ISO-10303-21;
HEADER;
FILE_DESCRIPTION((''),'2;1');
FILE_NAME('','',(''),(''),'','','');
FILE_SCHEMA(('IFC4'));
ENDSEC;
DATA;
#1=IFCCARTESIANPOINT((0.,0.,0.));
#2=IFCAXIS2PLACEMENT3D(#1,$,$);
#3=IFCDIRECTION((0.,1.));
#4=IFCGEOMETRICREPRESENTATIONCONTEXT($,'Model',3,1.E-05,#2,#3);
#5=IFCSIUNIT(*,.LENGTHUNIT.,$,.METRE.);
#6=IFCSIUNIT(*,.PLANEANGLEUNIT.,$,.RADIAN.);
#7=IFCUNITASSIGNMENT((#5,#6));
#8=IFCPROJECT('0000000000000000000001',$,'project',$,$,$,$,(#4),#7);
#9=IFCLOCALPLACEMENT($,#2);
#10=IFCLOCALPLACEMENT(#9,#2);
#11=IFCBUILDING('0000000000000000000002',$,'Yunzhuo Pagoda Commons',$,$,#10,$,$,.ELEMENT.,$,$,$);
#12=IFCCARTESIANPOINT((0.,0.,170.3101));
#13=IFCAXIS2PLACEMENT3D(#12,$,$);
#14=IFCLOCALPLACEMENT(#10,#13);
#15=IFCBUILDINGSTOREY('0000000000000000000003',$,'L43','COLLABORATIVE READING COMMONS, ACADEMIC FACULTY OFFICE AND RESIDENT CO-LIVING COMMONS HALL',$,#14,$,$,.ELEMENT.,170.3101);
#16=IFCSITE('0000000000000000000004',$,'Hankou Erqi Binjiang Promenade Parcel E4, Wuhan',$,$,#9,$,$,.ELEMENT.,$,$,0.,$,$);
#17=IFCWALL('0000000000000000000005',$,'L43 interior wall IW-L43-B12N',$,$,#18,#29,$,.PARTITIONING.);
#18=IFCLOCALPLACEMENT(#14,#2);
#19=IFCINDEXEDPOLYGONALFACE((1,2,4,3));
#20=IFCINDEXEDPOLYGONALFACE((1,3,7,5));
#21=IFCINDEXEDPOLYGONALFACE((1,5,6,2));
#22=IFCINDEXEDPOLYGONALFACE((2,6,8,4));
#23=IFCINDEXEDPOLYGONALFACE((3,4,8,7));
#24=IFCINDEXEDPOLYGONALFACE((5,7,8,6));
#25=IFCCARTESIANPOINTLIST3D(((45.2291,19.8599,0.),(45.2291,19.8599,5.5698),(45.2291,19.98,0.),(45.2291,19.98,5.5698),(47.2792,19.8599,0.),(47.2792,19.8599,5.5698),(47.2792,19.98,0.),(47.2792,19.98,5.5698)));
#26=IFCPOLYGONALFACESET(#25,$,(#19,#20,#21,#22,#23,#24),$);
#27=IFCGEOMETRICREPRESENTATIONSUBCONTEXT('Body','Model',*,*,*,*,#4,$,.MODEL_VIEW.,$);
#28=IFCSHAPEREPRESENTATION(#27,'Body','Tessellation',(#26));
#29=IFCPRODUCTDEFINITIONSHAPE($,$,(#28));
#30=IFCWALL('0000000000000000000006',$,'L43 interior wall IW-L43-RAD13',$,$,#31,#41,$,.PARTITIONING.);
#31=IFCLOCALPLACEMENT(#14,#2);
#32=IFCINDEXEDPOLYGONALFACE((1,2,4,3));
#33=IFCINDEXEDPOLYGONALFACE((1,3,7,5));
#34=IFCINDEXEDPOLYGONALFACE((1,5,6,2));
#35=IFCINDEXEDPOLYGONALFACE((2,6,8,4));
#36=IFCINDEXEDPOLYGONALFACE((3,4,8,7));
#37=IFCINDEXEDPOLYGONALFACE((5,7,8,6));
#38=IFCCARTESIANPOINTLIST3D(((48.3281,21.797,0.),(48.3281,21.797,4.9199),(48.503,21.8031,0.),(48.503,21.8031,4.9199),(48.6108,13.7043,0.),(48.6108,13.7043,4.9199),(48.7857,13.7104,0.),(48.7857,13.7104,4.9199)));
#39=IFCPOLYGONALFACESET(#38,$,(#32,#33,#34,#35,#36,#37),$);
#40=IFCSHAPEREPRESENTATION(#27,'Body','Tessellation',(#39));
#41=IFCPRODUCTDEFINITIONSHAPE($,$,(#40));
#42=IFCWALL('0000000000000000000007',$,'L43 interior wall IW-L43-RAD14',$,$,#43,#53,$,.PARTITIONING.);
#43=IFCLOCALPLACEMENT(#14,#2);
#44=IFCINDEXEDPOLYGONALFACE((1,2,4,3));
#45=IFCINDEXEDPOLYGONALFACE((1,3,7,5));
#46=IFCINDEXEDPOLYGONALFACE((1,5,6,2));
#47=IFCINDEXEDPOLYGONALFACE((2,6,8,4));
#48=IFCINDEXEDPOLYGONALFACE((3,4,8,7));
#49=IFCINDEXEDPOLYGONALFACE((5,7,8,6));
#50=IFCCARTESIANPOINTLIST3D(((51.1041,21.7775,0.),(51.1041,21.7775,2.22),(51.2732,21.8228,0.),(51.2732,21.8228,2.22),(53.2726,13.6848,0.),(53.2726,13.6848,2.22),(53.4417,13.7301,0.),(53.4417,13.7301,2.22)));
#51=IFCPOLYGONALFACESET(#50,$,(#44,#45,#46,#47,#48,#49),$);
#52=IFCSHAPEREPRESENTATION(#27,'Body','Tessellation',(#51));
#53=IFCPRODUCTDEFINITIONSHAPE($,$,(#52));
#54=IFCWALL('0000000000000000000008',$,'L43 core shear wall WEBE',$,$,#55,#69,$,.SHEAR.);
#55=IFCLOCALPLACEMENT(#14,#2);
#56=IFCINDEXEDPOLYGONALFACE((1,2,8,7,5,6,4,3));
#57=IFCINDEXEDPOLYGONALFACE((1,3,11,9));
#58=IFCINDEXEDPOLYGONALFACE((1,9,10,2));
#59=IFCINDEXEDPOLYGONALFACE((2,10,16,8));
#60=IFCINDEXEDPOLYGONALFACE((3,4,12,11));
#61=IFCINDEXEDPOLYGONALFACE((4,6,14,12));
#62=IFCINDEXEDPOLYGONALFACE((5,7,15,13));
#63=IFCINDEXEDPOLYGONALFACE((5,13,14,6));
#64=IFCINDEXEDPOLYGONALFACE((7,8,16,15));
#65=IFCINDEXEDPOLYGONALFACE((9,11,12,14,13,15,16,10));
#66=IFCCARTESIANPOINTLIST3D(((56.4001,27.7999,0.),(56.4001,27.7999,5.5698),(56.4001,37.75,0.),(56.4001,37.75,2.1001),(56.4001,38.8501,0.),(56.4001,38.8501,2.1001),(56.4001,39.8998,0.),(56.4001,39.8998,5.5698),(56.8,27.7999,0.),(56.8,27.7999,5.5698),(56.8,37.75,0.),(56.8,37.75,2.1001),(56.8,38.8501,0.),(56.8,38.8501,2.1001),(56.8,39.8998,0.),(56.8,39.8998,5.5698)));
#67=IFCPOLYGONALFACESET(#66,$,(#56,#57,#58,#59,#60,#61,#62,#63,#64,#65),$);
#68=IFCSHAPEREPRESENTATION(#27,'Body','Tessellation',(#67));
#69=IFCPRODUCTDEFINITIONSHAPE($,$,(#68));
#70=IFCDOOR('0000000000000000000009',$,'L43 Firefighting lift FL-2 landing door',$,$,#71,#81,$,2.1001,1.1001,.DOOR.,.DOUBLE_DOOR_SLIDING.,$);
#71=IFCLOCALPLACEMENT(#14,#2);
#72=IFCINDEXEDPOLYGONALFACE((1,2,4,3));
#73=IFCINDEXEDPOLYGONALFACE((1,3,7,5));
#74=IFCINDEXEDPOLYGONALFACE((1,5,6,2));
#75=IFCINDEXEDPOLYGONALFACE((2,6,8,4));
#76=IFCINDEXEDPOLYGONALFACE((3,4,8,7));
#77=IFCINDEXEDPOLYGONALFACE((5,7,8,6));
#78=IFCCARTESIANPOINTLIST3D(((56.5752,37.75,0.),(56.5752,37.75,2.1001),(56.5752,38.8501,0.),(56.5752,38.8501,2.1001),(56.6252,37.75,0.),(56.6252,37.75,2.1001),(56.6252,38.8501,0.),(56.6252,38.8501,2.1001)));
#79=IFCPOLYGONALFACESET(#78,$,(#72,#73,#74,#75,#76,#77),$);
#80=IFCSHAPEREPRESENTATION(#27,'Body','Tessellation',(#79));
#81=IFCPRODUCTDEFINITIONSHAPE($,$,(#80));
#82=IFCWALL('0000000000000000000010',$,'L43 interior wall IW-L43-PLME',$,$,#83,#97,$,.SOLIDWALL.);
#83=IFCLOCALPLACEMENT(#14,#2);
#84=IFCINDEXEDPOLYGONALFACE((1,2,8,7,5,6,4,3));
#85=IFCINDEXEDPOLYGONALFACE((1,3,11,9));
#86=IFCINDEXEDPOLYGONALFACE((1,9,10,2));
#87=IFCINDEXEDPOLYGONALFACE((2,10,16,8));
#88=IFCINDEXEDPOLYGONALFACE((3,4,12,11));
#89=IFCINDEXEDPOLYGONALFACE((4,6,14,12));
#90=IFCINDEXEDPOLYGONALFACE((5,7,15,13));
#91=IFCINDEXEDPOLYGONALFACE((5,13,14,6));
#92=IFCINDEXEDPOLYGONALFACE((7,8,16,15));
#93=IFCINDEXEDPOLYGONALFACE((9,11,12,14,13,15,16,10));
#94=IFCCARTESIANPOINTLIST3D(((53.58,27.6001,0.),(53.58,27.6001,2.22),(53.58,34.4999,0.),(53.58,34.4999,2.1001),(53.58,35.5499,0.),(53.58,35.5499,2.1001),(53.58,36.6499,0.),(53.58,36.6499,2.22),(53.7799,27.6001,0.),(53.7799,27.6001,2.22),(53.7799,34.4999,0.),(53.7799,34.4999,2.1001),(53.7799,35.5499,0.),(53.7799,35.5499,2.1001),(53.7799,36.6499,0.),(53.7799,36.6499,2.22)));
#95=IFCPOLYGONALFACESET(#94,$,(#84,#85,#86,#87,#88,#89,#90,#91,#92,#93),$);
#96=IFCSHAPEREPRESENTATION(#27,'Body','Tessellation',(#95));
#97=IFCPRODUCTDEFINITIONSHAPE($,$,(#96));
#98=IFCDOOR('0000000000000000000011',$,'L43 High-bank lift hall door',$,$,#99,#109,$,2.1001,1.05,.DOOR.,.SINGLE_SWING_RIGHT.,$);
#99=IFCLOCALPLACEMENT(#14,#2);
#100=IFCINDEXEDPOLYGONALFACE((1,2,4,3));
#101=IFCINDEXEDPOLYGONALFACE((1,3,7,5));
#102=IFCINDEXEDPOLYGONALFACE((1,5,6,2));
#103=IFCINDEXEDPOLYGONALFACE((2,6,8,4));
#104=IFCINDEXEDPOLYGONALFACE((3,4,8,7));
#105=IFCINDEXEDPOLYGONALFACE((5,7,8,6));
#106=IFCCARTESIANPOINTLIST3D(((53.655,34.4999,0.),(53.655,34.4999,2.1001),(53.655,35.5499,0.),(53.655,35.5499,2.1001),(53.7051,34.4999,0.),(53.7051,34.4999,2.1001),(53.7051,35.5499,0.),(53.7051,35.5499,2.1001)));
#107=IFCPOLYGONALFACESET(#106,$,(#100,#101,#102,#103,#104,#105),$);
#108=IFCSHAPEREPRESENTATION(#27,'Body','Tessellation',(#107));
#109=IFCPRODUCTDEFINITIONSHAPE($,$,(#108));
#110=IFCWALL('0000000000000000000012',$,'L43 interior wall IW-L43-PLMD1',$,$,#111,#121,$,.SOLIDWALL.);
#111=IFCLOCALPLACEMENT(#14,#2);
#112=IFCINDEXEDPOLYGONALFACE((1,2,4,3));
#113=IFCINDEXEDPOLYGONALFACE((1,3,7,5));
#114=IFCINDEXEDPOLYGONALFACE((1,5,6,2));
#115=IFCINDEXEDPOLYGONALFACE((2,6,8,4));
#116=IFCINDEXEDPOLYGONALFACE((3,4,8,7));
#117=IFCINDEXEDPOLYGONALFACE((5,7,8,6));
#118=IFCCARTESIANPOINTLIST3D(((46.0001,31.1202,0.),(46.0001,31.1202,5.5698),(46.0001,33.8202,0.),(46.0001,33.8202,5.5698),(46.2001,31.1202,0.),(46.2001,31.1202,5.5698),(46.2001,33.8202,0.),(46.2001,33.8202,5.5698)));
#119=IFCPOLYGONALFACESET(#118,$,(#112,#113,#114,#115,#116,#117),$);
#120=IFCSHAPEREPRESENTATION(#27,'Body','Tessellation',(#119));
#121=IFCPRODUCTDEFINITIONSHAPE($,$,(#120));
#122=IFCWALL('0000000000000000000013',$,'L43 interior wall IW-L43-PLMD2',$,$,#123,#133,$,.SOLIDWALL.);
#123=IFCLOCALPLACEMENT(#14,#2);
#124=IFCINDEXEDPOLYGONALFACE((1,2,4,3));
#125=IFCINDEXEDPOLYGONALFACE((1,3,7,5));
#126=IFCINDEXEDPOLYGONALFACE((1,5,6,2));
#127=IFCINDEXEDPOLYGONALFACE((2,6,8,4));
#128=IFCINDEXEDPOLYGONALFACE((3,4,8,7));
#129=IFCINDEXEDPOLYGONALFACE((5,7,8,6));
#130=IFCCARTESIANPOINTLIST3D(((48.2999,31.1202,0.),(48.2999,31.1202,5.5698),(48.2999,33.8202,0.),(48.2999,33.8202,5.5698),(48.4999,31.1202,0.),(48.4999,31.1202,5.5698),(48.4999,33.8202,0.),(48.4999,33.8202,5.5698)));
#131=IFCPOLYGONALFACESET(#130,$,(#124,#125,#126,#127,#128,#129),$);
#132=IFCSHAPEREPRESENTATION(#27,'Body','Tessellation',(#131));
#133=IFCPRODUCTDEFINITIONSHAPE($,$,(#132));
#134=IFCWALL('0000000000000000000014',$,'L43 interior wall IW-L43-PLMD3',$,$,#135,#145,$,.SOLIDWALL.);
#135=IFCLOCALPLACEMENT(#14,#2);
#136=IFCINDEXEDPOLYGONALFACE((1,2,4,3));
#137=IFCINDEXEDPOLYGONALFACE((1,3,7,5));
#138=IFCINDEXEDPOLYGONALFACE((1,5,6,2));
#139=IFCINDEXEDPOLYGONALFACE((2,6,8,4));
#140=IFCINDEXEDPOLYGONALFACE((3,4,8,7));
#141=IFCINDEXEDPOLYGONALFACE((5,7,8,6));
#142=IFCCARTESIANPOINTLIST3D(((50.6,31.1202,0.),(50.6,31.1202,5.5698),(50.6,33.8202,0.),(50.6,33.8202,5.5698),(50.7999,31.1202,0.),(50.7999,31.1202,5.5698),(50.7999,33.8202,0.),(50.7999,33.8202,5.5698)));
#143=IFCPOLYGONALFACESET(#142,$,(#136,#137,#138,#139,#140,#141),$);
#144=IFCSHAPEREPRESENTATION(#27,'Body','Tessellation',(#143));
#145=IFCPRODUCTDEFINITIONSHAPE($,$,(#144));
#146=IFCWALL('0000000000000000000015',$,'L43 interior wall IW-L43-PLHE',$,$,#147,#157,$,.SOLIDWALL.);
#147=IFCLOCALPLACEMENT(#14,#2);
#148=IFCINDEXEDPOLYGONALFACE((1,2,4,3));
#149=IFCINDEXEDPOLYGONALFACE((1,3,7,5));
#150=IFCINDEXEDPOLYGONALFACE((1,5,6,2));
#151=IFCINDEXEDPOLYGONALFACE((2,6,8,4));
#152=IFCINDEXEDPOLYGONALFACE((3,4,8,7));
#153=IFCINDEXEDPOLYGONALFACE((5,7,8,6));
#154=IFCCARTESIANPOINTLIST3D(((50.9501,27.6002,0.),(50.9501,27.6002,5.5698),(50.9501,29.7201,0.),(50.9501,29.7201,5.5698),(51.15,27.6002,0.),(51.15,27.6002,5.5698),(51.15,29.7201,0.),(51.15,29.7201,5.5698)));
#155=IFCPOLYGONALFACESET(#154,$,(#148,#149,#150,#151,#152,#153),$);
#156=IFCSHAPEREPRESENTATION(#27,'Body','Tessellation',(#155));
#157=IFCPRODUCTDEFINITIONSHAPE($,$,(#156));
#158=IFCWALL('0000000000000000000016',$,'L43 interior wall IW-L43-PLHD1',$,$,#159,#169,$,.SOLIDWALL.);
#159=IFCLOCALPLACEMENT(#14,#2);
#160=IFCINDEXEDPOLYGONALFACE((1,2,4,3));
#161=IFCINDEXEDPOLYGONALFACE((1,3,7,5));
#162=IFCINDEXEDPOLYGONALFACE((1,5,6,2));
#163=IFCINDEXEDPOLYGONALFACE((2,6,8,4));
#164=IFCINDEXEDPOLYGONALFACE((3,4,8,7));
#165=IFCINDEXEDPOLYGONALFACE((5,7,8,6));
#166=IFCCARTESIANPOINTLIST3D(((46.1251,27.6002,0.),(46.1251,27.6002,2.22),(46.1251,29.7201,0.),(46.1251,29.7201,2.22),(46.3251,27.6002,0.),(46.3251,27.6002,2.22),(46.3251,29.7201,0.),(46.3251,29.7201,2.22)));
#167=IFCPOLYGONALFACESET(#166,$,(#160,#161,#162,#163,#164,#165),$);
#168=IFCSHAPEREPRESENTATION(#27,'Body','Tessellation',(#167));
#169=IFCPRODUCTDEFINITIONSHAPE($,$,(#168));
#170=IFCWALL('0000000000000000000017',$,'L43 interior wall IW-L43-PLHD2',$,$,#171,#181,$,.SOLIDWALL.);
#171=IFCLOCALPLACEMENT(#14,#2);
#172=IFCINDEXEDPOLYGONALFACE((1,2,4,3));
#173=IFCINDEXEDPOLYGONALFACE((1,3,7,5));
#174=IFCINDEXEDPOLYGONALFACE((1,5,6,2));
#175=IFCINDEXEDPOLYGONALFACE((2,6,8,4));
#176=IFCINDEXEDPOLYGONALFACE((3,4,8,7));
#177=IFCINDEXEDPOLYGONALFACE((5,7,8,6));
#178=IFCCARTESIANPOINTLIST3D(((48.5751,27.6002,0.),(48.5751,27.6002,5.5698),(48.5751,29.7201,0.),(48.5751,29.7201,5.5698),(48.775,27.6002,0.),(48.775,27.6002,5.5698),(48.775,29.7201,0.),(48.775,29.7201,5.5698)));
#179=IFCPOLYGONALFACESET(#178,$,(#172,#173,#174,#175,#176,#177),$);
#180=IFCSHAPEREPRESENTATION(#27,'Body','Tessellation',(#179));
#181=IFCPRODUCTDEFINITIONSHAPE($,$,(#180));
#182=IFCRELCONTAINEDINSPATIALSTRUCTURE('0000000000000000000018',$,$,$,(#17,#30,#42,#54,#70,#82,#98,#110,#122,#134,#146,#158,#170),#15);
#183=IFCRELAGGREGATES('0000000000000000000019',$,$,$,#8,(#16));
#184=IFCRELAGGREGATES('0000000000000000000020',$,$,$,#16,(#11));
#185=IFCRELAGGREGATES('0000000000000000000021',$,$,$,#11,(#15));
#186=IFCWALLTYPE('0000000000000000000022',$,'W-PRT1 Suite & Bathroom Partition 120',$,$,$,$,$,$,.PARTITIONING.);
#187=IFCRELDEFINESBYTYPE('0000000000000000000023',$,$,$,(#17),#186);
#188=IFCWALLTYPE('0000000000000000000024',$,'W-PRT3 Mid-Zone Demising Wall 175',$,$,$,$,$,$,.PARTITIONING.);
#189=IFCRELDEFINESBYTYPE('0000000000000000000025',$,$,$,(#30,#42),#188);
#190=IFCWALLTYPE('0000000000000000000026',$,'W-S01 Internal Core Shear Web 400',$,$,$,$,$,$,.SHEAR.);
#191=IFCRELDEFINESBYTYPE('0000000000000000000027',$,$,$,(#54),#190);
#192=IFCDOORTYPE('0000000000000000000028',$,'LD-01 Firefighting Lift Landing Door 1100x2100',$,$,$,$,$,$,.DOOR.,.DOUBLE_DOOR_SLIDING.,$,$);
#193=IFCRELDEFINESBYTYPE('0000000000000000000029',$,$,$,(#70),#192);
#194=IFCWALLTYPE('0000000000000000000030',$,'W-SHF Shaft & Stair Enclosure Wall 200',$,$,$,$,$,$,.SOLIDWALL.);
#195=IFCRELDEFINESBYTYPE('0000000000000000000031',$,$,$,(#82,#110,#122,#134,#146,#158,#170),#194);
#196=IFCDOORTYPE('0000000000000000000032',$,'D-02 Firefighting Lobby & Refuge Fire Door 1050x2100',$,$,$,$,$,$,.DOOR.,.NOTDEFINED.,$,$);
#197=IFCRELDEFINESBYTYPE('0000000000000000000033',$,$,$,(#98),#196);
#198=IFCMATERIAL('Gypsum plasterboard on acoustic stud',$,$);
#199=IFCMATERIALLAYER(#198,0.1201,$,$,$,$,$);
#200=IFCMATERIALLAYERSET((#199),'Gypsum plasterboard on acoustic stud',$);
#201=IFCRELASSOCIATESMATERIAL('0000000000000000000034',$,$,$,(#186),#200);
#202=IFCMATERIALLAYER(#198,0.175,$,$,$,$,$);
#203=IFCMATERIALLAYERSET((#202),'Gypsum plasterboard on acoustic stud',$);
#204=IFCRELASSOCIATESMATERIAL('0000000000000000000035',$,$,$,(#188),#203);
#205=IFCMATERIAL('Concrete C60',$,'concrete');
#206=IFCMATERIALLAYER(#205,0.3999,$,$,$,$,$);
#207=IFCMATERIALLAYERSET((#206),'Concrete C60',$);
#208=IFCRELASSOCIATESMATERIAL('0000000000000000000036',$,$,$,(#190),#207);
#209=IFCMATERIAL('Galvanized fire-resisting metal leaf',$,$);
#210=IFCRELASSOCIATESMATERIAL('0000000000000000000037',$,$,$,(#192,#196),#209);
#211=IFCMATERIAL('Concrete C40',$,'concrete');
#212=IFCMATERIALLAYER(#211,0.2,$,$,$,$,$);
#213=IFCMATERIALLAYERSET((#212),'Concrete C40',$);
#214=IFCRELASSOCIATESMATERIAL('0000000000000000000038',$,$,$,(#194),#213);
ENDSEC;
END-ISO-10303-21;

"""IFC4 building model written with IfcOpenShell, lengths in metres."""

from ifc_helpers import new_model, si_unit, direction, frame, frame_2d, origin, origin_with_axes, place, context, subcontext, project, spatial, rectangle, extrude, source, transform, mapped, material, layer, layer_set, type_object, element, fill, save


model = new_model("IFC4")

# Units and contexts
model_context = context("Model", 3, precision=1e-05, world=origin(), true_north=direction((0.0, 1.0)))
body_context = subcontext(model_context, "Body", "Model", "MODEL_VIEW")
ifc_project = project(units=[si_unit("LENGTHUNIT", "METRE"), si_unit("PLANEANGLEUNIT", "RADIAN")], contexts=[model_context])

# Site, building, storey
site_placement = place(None, origin())
site = spatial("IfcSite", under=ifc_project, at=site_placement, Name="Hankou Erqi Binjiang Promenade Parcel E4, Wuhan", CompositionType="ELEMENT", RefElevation=0.0)
building_placement = place(site_placement, origin())
building = spatial("IfcBuilding", under=site, at=building_placement, Name="Yunzhuo Pagoda Commons", CompositionType="ELEMENT")
storey_placement = place(building_placement, frame((0.0, 0.0, 170.3101)))
storey = spatial("IfcBuildingStorey", under=building, at=storey_placement, Name="L43", Description="COLLABORATIVE READING COMMONS, ACADEMIC FACULTY OFFICE AND RESIDENT CO-LIVING COMMONS HALL", CompositionType="ELEMENT", Elevation=170.3101)

# Shared definitions
ifc_material_1 = material(Name="Gypsum plasterboard on acoustic stud")
ifc_material_2 = material(Name="Galvanized fire-resisting metal leaf")

# Walls
ifc_layer_1 = layer(ifc_material_1, 0.1201)
ifc_layer_set_1 = layer_set([ifc_layer_1], Name="Gypsum plasterboard on acoustic stud")
wall_type_1 = type_object("IfcWallType", Name="W-PRT1 Suite & Bathroom Partition 120", PredefinedType="PARTITIONING", material=ifc_layer_set_1)
wall_1_placement = place(storey_placement, frame((47.2791, 19.9199, 0.0), z_axis=(0.0, 0.0, 1.0), x_axis=(-1.0, 0.0, 0.0)))
element("IfcWall", 1, at=wall_1_placement, inside=storey, type_object=wall_type_1, Name="L43 interior wall IW-L43-B12N", PredefinedType="PARTITIONING", context=body_context, shape_type="SweptSolid", body=[
    extrude(rectangle(XDim=2.05, YDim=0.1201, at=frame_2d((1.0249, 0.0))), origin(), (0.0, 0.0, 1.0), 5.5698),
])
ifc_layer_2 = layer(ifc_material_1, 0.175)
ifc_layer_set_2 = layer_set([ifc_layer_2], Name="Gypsum plasterboard on acoustic stud")
wall_type_2 = type_object("IfcWallType", Name="W-PRT3 Mid-Zone Demising Wall 175", PredefinedType="PARTITIONING", material=ifc_layer_set_2)
wall_2_placement = place(storey_placement, frame((48.4155, 21.8, 0.0), z_axis=(0.0, 0.0, 1.0), x_axis=(0.034913, -0.99939, 0.0)))
element("IfcWall", 2, at=wall_2_placement, inside=storey, type_object=wall_type_2, Name="L43 interior wall IW-L43-RAD13", PredefinedType="PARTITIONING", context=body_context, shape_type="SweptSolid", body=[
    extrude(rectangle(XDim=8.0977, YDim=0.175, at=frame_2d((4.0488, 0.0))), origin(), (0.0, 0.0, 1.0), 4.9199),
])
wall_3_placement = place(storey_placement, frame((51.1887, 21.8, 0.0), z_axis=(0.0, 0.0, 1.0), x_axis=(0.25882, -0.965926, 0.0)))
element("IfcWall", 3, at=wall_3_placement, inside=storey, type_object=wall_type_2, Name="L43 interior wall IW-L43-RAD14", PredefinedType="PARTITIONING", context=body_context, shape_type="SweptSolid", body=[
    extrude(rectangle(XDim=8.3782, YDim=0.175, at=frame_2d((4.189, 0.0))), origin(), (0.0, 0.0, 1.0), 2.22),
])

# Walls, openings, doors
ifc_material_3 = material(Name="Concrete C60", Category="concrete")
ifc_layer_3 = layer(ifc_material_3, 0.3999)
ifc_layer_set_3 = layer_set([ifc_layer_3], Name="Concrete C60")
wall_type_3 = type_object("IfcWallType", Name="W-S01 Internal Core Shear Web 400", PredefinedType="SHEAR", material=ifc_layer_set_3)
wall_4_placement = place(storey_placement, frame((56.6001, 27.8, 0.0), z_axis=(0.0, 0.0, 1.0), x_axis=(0.0, 1.0, 0.0)))
wall_4 = element("IfcWall", 4, at=wall_4_placement, inside=storey, type_object=wall_type_3, Name="L43 core shear wall WEBE", PredefinedType="SHEAR", context=body_context, shape_type="SweptSolid", body=[
    extrude(rectangle(XDim=12.0999, YDim=0.3999, at=frame_2d((6.0498, 0.0))), origin(), (0.0, 0.0, 1.0), 5.5698),
])
opening_1_placement = place(wall_4_placement, frame((9.95, 0.0, 0.0)))
opening_1 = element("IfcOpeningElement", 5, at=opening_1_placement, cuts=wall_4, PredefinedType="OPENING", context=body_context, shape_type="SweptSolid", body=[
    extrude(rectangle(XDim=1.1001, YDim=2.1001, at=frame_2d((0.55, 1.05))), frame((0.0, 0.21, 0.0), z_axis=(0.0, -1.0, 0.0), x_axis=(1.0, 0.0, 0.0)), (0.0, 0.0, 1.0), 0.4199),
])
door_type_1 = type_object("IfcDoorType", Name="LD-01 Firefighting Lift Landing Door 1100x2100", OperationType="DOUBLE_DOOR_SLIDING", PredefinedType="DOOR", material=ifc_material_2)
shared_shape_1 = source(origin(), body_context, "Body", "SweptSolid", [
    extrude(rectangle(XDim=1.1001, YDim=2.1001, at=frame_2d((0.55, 1.05))), frame((0.0, 0.0249, 0.0), z_axis=(0.0, -1.0, 0.0), x_axis=(1.0, 0.0, 0.0)), (0.0, 0.0, 1.0), 0.05),
])
door_1_placement = place(opening_1_placement, origin_with_axes())
door_1 = element("IfcDoor", 6, at=door_1_placement, inside=storey, type_object=door_type_1, Name="L43 Firefighting lift FL-2 landing door", OperationType="DOUBLE_DOOR_SLIDING", OverallHeight=2.1001, OverallWidth=1.1001, PredefinedType="DOOR", context=body_context, shape_type="MappedRepresentation", body=[
    mapped(shared_shape_1, transform((0.0, 0.0, 0.0), scale=1.0)),
])
fill(opening_1, door_1)
ifc_material_4 = material(Name="Concrete C40", Category="concrete")
ifc_layer_4 = layer(ifc_material_4, 0.2)
ifc_layer_set_4 = layer_set([ifc_layer_4], Name="Concrete C40")
wall_type_4 = type_object("IfcWallType", Name="W-SHF Shaft & Stair Enclosure Wall 200", PredefinedType="SOLIDWALL", material=ifc_layer_set_4)
wall_5_placement = place(storey_placement, frame((53.6799, 27.6001, 0.0), z_axis=(0.0, 0.0, 1.0), x_axis=(0.0, 1.0, 0.0)))
wall_5 = element("IfcWall", 7, at=wall_5_placement, inside=storey, type_object=wall_type_4, Name="L43 interior wall IW-L43-PLME", PredefinedType="SOLIDWALL", context=body_context, shape_type="SweptSolid", body=[
    extrude(rectangle(XDim=9.0498, YDim=0.2, at=frame_2d((4.5249, 0.0))), origin(), (0.0, 0.0, 1.0), 2.22),
])
opening_2_placement = place(wall_5_placement, frame((6.8999, 0.0, 0.0)))
opening_2 = element("IfcOpeningElement", 8, at=opening_2_placement, cuts=wall_5, PredefinedType="OPENING", context=body_context, shape_type="SweptSolid", body=[
    extrude(rectangle(XDim=1.05, YDim=2.1001, at=frame_2d((0.5249, 1.05))), frame((0.0, 0.1099, 0.0), z_axis=(0.0, -1.0, 0.0), x_axis=(1.0, 0.0, 0.0)), (0.0, 0.0, 1.0), 0.22),
])
door_type_2 = type_object("IfcDoorType", Name="D-02 Firefighting Lobby & Refuge Fire Door 1050x2100", OperationType="NOTDEFINED", PredefinedType="DOOR", material=ifc_material_2)
shared_shape_2 = source(origin(), body_context, "Body", "SweptSolid", [
    extrude(rectangle(XDim=1.05, YDim=2.1001, at=frame_2d((0.5249, 1.05))), frame((0.0, 0.0249, 0.0), z_axis=(0.0, -1.0, 0.0), x_axis=(1.0, 0.0, 0.0)), (0.0, 0.0, 1.0), 0.05),
])
door_2_placement = place(opening_2_placement, origin_with_axes())
door_2 = element("IfcDoor", 9, at=door_2_placement, inside=storey, type_object=door_type_2, Name="L43 High-bank lift hall door", OperationType="SINGLE_SWING_RIGHT", OverallHeight=2.1001, OverallWidth=1.05, PredefinedType="DOOR", context=body_context, shape_type="MappedRepresentation", body=[
    mapped(shared_shape_2, transform((0.0, 0.0, 0.0), scale=1.0)),
])
fill(opening_2, door_2)

# Walls
for number, where, z_axis, x_axis, name in (
    (10, (46.1001, 31.1201, 0.0), (0.0, 0.0, 1.0), (0.0, 1.0, 0.0), "L43 interior wall IW-L43-PLMD1"),
    (11, (48.3999, 31.1201, 0.0), (0.0, 0.0, 1.0), (0.0, 1.0, 0.0), "L43 interior wall IW-L43-PLMD2"),
    (12, (50.7, 31.1201, 0.0), (0.0, 0.0, 1.0), (0.0, 1.0, 0.0), "L43 interior wall IW-L43-PLMD3"),
):
    element("IfcWall", number, at=place(storey_placement, frame(where, z_axis=z_axis, x_axis=x_axis)), inside=storey, type_object=wall_type_4, Name=name, PredefinedType="SOLIDWALL", context=body_context, shape_type="SweptSolid", body=[
        extrude(rectangle(XDim=2.7, YDim=0.2, at=frame_2d((1.3501, 0.0))), origin(), (0.0, 0.0, 1.0), 5.5698),
    ])
wall_6_placement = place(storey_placement, frame((51.05, 27.6001, 0.0), z_axis=(0.0, 0.0, 1.0), x_axis=(0.0, 1.0, 0.0)))
element("IfcWall", 13, at=wall_6_placement, inside=storey, type_object=wall_type_4, Name="L43 interior wall IW-L43-PLHE", PredefinedType="SOLIDWALL", context=body_context, shape_type="SweptSolid", body=[
    extrude(rectangle(XDim=2.1199, YDim=0.2, at=frame_2d((1.0601, 0.0))), origin(), (0.0, 0.0, 1.0), 5.5698),
])
wall_7_placement = place(storey_placement, frame((46.2251, 27.6001, 0.0), z_axis=(0.0, 0.0, 1.0), x_axis=(0.0, 1.0, 0.0)))
element("IfcWall", 14, at=wall_7_placement, inside=storey, type_object=wall_type_4, Name="L43 interior wall IW-L43-PLHD1", PredefinedType="SOLIDWALL", context=body_context, shape_type="SweptSolid", body=[
    extrude(rectangle(XDim=2.1199, YDim=0.2, at=frame_2d((1.0601, 0.0))), origin(), (0.0, 0.0, 1.0), 2.22),
])
for number, where, z_axis, x_axis, name in (
    (15, (48.675, 27.6001, 0.0), (0.0, 0.0, 1.0), (0.0, 1.0, 0.0), "L43 interior wall IW-L43-PLHD2"),
):
    element("IfcWall", number, at=place(storey_placement, frame(where, z_axis=z_axis, x_axis=x_axis)), inside=storey, type_object=wall_type_4, Name=name, PredefinedType="SOLIDWALL", context=body_context, shape_type="SweptSolid", body=[
        extrude(rectangle(XDim=2.1199, YDim=0.2, at=frame_2d((1.0601, 0.0))), origin(), (0.0, 0.0, 1.0), 5.5698),
    ])

save(model, "model.ifc")
